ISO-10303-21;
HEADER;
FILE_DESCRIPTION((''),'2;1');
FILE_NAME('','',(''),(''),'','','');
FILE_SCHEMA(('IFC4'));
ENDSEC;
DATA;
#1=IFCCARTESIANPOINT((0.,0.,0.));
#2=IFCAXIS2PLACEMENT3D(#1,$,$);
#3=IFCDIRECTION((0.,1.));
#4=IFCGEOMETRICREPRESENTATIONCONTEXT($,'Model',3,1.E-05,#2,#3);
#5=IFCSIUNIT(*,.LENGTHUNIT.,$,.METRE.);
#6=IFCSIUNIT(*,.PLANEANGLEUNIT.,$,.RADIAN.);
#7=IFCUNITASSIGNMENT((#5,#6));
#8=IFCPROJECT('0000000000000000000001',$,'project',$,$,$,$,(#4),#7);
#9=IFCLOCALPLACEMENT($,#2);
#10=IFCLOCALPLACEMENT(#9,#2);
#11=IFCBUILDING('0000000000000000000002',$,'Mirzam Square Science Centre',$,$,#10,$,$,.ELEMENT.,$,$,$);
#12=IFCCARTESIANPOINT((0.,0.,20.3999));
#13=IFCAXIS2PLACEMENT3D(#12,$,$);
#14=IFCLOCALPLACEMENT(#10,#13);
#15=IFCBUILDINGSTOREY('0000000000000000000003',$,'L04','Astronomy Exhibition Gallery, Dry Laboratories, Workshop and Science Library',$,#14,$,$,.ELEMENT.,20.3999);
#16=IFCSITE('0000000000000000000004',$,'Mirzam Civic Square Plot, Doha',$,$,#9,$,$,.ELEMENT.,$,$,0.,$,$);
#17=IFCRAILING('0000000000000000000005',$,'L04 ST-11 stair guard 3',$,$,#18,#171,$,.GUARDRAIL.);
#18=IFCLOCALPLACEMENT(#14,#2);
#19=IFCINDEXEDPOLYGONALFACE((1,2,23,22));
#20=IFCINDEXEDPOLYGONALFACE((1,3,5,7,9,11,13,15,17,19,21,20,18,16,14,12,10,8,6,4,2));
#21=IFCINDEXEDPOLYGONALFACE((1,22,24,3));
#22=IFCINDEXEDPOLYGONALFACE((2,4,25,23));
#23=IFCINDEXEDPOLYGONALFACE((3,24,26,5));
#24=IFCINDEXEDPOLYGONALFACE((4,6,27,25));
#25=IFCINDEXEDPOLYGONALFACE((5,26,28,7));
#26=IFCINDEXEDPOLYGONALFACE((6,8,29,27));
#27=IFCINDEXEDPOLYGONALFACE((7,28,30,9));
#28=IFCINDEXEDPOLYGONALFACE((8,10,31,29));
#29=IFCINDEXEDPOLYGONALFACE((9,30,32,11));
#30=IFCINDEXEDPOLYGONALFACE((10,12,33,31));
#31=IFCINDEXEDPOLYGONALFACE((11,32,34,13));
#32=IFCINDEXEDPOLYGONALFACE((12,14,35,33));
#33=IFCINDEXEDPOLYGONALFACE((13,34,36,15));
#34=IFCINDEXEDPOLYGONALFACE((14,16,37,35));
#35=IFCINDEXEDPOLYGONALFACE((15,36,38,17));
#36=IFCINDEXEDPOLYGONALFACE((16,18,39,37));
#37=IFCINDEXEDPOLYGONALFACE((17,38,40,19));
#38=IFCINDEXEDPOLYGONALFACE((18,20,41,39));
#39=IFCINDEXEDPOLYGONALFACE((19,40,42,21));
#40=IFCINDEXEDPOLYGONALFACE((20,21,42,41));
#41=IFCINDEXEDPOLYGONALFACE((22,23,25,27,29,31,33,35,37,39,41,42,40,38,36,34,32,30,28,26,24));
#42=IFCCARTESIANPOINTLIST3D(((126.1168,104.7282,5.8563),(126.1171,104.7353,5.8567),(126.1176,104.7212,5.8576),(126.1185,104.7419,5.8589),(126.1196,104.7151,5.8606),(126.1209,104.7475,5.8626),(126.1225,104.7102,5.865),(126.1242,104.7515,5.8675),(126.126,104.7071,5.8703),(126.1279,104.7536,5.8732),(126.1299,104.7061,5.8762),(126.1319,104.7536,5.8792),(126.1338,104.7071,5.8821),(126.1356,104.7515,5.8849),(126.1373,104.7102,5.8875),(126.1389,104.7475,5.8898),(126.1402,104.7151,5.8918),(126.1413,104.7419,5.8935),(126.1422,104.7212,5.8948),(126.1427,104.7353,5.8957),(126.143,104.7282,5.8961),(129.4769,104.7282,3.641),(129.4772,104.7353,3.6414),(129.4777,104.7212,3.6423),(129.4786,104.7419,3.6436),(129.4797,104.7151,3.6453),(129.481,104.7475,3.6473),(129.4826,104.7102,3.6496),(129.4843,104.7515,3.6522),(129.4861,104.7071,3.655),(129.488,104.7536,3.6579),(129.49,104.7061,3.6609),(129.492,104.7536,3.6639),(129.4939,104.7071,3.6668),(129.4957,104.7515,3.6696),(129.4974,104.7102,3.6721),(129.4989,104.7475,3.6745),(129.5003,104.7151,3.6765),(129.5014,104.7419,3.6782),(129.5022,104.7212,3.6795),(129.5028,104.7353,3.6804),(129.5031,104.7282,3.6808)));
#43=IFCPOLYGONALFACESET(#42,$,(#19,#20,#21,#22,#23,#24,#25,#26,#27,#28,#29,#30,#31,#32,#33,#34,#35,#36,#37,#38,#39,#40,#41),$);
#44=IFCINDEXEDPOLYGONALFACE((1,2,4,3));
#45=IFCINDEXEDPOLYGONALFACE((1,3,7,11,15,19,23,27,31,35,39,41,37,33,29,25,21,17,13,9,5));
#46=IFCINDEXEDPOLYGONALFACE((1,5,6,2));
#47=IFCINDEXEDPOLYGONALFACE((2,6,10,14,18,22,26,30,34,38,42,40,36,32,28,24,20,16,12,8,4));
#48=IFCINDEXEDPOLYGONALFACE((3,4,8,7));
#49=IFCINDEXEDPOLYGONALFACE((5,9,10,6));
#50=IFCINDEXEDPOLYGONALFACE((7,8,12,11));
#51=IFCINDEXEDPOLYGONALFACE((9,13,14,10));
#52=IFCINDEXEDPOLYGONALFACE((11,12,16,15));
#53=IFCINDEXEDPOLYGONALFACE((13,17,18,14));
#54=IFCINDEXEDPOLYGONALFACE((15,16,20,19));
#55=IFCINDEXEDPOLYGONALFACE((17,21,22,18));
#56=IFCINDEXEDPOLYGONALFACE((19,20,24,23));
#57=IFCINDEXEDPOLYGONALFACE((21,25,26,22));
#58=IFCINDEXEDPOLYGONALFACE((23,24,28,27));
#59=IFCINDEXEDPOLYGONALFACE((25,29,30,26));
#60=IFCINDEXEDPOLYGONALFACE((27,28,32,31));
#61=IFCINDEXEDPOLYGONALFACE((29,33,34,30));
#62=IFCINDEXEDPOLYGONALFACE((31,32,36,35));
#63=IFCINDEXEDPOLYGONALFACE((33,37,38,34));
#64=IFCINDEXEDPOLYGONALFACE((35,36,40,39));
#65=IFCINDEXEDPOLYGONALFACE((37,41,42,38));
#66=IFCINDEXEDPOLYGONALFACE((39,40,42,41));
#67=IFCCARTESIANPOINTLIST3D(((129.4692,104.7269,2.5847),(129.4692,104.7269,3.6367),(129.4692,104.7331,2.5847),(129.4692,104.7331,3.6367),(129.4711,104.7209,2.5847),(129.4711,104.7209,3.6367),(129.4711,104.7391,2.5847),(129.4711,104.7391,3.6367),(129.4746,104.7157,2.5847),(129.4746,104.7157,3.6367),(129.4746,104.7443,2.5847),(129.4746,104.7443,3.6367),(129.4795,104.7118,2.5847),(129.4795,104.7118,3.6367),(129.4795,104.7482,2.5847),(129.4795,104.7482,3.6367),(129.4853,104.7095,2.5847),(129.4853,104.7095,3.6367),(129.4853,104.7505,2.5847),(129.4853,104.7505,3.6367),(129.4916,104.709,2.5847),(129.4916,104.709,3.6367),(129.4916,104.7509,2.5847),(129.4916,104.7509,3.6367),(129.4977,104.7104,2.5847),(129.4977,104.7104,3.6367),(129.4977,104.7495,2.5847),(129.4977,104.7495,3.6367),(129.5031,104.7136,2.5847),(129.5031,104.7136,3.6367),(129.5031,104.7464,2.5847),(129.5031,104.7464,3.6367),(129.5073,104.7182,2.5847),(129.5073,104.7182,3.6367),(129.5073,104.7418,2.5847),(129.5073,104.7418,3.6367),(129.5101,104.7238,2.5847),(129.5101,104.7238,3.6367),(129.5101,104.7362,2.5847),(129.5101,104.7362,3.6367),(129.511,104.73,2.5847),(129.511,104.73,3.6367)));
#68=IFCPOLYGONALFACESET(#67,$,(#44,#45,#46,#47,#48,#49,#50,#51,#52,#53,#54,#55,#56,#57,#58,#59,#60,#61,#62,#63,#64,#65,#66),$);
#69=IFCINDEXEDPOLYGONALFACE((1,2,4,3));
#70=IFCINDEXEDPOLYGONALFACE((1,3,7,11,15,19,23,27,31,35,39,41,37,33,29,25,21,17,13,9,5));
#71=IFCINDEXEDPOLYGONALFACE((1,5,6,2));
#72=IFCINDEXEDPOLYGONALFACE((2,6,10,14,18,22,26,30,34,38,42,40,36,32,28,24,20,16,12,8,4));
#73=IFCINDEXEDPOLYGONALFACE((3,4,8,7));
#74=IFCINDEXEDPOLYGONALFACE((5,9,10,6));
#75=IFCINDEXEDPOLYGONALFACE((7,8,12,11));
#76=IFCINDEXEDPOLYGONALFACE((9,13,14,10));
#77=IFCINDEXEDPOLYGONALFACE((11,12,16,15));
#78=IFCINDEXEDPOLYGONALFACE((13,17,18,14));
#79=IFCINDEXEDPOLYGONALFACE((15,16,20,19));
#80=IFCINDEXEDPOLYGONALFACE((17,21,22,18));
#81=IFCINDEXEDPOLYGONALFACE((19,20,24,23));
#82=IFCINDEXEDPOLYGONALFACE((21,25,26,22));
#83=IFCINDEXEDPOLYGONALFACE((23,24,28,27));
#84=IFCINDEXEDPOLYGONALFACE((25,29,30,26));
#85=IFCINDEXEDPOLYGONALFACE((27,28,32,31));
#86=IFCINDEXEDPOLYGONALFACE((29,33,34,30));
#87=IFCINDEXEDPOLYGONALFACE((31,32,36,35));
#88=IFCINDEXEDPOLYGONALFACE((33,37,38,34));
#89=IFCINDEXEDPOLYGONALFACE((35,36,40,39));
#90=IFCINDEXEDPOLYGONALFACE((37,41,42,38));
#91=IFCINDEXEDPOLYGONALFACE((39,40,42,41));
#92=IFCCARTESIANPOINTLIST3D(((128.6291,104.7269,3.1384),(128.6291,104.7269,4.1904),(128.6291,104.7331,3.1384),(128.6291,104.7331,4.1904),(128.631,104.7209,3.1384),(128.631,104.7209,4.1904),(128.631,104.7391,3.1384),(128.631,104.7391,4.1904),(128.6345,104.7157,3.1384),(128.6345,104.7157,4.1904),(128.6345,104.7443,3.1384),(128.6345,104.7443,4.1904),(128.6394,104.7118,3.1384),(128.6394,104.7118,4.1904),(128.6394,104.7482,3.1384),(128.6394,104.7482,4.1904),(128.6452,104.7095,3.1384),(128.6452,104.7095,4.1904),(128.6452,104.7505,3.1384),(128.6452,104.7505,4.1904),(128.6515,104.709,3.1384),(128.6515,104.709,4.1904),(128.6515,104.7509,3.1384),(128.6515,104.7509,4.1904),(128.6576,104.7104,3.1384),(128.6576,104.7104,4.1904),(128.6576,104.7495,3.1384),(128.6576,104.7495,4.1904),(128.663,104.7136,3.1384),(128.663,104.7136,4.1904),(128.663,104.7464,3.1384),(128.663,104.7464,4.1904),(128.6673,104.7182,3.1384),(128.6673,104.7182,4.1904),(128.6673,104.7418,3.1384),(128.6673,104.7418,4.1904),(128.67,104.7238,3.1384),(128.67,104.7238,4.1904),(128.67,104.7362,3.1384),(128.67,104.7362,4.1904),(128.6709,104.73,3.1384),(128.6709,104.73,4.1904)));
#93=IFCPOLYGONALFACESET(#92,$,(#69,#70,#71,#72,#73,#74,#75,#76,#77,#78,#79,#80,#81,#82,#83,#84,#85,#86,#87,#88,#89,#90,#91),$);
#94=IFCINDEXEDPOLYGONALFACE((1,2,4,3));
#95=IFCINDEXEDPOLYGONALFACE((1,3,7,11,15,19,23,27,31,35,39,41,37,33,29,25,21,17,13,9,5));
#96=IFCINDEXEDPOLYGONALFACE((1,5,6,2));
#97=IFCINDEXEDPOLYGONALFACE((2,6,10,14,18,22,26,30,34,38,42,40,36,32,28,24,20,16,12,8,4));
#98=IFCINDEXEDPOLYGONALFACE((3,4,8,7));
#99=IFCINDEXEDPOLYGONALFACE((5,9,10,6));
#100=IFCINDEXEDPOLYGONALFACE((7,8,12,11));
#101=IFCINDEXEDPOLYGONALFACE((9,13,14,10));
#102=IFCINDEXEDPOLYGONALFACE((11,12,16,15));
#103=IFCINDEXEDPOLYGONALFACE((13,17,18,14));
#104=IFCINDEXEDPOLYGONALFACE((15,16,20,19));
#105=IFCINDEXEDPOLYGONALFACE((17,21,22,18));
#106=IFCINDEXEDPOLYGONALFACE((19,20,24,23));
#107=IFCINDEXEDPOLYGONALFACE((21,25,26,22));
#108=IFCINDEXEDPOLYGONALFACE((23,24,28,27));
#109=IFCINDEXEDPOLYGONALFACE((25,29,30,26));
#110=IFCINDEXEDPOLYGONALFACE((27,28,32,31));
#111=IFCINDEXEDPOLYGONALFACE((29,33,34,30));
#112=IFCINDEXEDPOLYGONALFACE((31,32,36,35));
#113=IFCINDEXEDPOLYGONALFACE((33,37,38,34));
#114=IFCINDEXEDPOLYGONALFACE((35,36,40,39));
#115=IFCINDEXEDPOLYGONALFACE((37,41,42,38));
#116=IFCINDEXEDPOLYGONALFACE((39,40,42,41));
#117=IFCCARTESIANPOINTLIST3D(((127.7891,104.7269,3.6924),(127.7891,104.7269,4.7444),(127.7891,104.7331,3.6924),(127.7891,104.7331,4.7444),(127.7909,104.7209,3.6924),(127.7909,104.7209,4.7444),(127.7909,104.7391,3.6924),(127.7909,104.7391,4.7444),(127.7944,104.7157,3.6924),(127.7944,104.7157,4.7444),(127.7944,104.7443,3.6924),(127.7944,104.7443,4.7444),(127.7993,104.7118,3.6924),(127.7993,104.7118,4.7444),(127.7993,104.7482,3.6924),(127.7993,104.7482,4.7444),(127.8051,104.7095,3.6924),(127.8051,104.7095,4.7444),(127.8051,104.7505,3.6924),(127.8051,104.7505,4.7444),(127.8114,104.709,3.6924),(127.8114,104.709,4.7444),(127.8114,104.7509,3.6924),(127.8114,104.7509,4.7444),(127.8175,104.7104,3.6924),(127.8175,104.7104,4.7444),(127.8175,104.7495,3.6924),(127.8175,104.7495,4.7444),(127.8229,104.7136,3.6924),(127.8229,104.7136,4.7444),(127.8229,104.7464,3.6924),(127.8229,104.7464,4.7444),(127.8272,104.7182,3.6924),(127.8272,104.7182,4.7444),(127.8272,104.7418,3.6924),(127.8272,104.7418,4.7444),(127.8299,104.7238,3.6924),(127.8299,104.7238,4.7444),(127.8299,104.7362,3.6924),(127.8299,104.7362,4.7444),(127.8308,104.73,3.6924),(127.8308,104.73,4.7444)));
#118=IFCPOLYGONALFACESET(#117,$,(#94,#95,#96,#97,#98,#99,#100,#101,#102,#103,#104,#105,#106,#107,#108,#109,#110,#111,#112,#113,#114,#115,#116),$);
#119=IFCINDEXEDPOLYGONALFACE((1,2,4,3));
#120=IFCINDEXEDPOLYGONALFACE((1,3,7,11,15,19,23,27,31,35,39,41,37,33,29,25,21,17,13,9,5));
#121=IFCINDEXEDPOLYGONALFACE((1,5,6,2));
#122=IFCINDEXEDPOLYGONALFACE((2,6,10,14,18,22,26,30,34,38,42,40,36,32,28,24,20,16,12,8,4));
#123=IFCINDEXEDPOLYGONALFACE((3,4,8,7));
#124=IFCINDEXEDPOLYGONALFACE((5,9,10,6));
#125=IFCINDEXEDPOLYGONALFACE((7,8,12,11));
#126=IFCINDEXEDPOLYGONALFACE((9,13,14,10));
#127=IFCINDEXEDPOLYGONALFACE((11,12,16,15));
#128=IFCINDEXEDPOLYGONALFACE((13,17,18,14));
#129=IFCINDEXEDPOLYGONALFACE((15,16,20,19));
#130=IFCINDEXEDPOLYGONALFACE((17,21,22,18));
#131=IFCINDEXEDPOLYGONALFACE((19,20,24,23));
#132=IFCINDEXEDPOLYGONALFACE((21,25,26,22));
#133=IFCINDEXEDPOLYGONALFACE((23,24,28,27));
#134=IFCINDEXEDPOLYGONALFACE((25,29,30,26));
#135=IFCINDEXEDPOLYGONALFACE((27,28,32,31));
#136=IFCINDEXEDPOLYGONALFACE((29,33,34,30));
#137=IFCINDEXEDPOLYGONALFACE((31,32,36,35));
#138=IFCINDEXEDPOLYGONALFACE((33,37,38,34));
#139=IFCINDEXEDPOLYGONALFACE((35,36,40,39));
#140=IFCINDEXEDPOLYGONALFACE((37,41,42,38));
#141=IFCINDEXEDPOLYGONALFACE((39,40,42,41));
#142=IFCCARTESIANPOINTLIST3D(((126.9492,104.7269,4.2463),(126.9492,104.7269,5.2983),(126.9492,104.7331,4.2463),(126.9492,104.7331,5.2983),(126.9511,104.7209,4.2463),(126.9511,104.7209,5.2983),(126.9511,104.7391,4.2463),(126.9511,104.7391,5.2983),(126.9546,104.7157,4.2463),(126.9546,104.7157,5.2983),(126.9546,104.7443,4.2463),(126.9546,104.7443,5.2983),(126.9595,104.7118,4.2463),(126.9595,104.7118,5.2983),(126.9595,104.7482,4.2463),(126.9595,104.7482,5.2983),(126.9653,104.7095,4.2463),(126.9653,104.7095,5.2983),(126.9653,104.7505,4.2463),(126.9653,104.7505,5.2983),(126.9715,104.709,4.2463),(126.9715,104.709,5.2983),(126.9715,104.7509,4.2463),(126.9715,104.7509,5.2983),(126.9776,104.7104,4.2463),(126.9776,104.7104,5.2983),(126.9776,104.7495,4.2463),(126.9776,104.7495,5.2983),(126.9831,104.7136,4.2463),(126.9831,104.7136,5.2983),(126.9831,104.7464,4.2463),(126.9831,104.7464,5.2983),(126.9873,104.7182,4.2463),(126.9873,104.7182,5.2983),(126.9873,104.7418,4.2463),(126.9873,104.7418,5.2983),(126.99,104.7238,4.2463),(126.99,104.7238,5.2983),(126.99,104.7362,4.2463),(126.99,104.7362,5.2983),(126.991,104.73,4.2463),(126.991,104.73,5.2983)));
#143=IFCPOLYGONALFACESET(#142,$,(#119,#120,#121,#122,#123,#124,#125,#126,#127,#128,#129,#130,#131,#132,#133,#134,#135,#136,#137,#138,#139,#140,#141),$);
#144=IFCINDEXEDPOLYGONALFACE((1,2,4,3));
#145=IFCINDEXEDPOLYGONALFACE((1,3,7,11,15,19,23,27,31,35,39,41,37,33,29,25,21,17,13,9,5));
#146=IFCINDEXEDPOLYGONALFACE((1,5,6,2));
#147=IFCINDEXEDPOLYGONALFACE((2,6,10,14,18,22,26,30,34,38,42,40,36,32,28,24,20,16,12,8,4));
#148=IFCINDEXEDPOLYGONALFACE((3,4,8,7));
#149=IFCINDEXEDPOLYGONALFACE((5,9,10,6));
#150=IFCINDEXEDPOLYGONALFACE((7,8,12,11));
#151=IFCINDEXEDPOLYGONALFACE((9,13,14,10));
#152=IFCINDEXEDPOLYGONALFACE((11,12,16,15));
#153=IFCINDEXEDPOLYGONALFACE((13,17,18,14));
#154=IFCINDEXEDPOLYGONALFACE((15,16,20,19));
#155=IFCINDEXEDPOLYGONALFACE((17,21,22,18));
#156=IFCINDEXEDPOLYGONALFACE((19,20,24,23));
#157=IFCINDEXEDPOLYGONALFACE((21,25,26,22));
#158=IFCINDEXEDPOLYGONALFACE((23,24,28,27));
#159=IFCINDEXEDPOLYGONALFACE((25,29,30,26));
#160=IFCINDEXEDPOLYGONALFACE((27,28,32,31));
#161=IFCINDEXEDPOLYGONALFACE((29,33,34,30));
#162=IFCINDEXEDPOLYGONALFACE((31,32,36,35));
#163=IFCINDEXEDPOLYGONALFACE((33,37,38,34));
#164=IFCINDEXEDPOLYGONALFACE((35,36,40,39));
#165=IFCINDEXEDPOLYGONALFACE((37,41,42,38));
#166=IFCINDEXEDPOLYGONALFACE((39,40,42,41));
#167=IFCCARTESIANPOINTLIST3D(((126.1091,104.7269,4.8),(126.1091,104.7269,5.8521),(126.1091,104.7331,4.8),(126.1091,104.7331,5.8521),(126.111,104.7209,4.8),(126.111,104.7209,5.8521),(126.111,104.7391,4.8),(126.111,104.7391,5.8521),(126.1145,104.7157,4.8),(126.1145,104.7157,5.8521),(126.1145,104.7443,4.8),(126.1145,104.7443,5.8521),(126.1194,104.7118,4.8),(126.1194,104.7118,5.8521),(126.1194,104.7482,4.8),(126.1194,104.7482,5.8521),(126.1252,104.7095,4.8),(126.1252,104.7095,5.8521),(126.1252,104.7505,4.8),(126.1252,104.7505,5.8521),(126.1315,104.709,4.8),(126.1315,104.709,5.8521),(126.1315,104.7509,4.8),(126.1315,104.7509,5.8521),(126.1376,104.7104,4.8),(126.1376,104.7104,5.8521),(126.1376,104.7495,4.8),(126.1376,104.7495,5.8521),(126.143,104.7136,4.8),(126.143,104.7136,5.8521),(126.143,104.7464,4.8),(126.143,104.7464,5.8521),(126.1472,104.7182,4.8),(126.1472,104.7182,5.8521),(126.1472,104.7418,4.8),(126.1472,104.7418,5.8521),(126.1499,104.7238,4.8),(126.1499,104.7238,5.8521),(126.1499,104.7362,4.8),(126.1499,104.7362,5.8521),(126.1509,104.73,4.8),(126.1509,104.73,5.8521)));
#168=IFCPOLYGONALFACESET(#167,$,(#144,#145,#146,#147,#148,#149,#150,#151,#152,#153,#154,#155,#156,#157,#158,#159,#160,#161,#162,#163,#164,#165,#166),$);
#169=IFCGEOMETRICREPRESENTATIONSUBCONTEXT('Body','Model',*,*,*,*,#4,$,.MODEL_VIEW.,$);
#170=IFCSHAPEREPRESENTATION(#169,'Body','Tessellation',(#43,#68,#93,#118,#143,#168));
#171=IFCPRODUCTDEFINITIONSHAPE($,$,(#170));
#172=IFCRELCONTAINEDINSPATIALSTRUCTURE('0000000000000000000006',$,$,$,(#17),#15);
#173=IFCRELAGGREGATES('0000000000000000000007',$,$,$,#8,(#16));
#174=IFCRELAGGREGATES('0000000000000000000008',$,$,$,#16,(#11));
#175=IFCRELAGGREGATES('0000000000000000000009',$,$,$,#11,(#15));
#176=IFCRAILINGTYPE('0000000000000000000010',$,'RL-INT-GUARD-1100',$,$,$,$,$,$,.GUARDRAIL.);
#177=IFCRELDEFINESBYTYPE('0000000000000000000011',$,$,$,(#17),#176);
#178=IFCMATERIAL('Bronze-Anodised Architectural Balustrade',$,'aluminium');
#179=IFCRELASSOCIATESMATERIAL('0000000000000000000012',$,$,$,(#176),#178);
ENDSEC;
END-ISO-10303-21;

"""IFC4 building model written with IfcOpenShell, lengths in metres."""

from ifc_helpers import new_model, si_unit, direction, frame, origin, origin_2d, place, context, subcontext, project, spatial, circle, extrude, material, type_object, element, save


model = new_model("IFC4")

# Units and contexts
model_context = context("Model", 3, precision=1e-05, world=origin(), true_north=direction((0.0, 1.0)))
body_context = subcontext(model_context, "Body", "Model", "MODEL_VIEW")
ifc_project = project(units=[si_unit("LENGTHUNIT", "METRE"), si_unit("PLANEANGLEUNIT", "RADIAN")], contexts=[model_context])

# Site, building, storey
site_placement = place(None, origin())
site = spatial("IfcSite", under=ifc_project, at=site_placement, Name="Mirzam Civic Square Plot, Doha", CompositionType="ELEMENT", RefElevation=0.0)
building_placement = place(site_placement, origin())
building = spatial("IfcBuilding", under=site, at=building_placement, Name="Mirzam Square Science Centre", CompositionType="ELEMENT")
storey_placement = place(building_placement, frame((0.0, 0.0, 20.3999)))
storey = spatial("IfcBuildingStorey", under=building, at=storey_placement, Name="L04", Description="Astronomy Exhibition Gallery, Dry Laboratories, Workshop and Science Library", CompositionType="ELEMENT", Elevation=20.3999)

# Railing
ifc_material_1 = material(Name="Bronze-Anodised Architectural Balustrade", Category="aluminium")
railing_type_1 = type_object("IfcRailingType", Name="RL-INT-GUARD-1100", PredefinedType="GUARDRAIL", material=ifc_material_1)
railing_1_placement = place(storey_placement, frame((129.49, 104.73, 2.5847)))
element("IfcRailing", 1, at=railing_1_placement, inside=storey, type_object=railing_type_1, Name="L04 ST-11 stair guard 3", PredefinedType="GUARDRAIL", context=body_context, shape_type="SweptSolid", body=[
    extrude(circle(Radius=0.0239, at=origin_2d()), frame((0.0, 0.0, 1.0762), z_axis=(-0.834876, 0.0, 0.550437), x_axis=(0.0, -1.0, 0.0)), (0.0, 0.0, 1.0), 4.0247),
    extrude(circle(Radius=0.021, at=origin_2d()), origin(), (0.0, 0.0, 1.0), 1.052),
    extrude(circle(Radius=0.021, at=origin_2d()), frame((-0.8401, 0.0, 0.5537)), (0.0, 0.0, 1.0), 1.052),
    extrude(circle(Radius=0.021, at=origin_2d()), frame((-1.6802, 0.0, 1.1077)), (0.0, 0.0, 1.0), 1.052),
    extrude(circle(Radius=0.021, at=origin_2d()), frame((-2.52, 0.0, 1.6616)), (0.0, 0.0, 1.0), 1.052),
    extrude(circle(Radius=0.021, at=origin_2d()), frame((-3.3601, 0.0, 2.2153)), (0.0, 0.0, 1.0), 1.052),
])

save(model, "model.ifc")
